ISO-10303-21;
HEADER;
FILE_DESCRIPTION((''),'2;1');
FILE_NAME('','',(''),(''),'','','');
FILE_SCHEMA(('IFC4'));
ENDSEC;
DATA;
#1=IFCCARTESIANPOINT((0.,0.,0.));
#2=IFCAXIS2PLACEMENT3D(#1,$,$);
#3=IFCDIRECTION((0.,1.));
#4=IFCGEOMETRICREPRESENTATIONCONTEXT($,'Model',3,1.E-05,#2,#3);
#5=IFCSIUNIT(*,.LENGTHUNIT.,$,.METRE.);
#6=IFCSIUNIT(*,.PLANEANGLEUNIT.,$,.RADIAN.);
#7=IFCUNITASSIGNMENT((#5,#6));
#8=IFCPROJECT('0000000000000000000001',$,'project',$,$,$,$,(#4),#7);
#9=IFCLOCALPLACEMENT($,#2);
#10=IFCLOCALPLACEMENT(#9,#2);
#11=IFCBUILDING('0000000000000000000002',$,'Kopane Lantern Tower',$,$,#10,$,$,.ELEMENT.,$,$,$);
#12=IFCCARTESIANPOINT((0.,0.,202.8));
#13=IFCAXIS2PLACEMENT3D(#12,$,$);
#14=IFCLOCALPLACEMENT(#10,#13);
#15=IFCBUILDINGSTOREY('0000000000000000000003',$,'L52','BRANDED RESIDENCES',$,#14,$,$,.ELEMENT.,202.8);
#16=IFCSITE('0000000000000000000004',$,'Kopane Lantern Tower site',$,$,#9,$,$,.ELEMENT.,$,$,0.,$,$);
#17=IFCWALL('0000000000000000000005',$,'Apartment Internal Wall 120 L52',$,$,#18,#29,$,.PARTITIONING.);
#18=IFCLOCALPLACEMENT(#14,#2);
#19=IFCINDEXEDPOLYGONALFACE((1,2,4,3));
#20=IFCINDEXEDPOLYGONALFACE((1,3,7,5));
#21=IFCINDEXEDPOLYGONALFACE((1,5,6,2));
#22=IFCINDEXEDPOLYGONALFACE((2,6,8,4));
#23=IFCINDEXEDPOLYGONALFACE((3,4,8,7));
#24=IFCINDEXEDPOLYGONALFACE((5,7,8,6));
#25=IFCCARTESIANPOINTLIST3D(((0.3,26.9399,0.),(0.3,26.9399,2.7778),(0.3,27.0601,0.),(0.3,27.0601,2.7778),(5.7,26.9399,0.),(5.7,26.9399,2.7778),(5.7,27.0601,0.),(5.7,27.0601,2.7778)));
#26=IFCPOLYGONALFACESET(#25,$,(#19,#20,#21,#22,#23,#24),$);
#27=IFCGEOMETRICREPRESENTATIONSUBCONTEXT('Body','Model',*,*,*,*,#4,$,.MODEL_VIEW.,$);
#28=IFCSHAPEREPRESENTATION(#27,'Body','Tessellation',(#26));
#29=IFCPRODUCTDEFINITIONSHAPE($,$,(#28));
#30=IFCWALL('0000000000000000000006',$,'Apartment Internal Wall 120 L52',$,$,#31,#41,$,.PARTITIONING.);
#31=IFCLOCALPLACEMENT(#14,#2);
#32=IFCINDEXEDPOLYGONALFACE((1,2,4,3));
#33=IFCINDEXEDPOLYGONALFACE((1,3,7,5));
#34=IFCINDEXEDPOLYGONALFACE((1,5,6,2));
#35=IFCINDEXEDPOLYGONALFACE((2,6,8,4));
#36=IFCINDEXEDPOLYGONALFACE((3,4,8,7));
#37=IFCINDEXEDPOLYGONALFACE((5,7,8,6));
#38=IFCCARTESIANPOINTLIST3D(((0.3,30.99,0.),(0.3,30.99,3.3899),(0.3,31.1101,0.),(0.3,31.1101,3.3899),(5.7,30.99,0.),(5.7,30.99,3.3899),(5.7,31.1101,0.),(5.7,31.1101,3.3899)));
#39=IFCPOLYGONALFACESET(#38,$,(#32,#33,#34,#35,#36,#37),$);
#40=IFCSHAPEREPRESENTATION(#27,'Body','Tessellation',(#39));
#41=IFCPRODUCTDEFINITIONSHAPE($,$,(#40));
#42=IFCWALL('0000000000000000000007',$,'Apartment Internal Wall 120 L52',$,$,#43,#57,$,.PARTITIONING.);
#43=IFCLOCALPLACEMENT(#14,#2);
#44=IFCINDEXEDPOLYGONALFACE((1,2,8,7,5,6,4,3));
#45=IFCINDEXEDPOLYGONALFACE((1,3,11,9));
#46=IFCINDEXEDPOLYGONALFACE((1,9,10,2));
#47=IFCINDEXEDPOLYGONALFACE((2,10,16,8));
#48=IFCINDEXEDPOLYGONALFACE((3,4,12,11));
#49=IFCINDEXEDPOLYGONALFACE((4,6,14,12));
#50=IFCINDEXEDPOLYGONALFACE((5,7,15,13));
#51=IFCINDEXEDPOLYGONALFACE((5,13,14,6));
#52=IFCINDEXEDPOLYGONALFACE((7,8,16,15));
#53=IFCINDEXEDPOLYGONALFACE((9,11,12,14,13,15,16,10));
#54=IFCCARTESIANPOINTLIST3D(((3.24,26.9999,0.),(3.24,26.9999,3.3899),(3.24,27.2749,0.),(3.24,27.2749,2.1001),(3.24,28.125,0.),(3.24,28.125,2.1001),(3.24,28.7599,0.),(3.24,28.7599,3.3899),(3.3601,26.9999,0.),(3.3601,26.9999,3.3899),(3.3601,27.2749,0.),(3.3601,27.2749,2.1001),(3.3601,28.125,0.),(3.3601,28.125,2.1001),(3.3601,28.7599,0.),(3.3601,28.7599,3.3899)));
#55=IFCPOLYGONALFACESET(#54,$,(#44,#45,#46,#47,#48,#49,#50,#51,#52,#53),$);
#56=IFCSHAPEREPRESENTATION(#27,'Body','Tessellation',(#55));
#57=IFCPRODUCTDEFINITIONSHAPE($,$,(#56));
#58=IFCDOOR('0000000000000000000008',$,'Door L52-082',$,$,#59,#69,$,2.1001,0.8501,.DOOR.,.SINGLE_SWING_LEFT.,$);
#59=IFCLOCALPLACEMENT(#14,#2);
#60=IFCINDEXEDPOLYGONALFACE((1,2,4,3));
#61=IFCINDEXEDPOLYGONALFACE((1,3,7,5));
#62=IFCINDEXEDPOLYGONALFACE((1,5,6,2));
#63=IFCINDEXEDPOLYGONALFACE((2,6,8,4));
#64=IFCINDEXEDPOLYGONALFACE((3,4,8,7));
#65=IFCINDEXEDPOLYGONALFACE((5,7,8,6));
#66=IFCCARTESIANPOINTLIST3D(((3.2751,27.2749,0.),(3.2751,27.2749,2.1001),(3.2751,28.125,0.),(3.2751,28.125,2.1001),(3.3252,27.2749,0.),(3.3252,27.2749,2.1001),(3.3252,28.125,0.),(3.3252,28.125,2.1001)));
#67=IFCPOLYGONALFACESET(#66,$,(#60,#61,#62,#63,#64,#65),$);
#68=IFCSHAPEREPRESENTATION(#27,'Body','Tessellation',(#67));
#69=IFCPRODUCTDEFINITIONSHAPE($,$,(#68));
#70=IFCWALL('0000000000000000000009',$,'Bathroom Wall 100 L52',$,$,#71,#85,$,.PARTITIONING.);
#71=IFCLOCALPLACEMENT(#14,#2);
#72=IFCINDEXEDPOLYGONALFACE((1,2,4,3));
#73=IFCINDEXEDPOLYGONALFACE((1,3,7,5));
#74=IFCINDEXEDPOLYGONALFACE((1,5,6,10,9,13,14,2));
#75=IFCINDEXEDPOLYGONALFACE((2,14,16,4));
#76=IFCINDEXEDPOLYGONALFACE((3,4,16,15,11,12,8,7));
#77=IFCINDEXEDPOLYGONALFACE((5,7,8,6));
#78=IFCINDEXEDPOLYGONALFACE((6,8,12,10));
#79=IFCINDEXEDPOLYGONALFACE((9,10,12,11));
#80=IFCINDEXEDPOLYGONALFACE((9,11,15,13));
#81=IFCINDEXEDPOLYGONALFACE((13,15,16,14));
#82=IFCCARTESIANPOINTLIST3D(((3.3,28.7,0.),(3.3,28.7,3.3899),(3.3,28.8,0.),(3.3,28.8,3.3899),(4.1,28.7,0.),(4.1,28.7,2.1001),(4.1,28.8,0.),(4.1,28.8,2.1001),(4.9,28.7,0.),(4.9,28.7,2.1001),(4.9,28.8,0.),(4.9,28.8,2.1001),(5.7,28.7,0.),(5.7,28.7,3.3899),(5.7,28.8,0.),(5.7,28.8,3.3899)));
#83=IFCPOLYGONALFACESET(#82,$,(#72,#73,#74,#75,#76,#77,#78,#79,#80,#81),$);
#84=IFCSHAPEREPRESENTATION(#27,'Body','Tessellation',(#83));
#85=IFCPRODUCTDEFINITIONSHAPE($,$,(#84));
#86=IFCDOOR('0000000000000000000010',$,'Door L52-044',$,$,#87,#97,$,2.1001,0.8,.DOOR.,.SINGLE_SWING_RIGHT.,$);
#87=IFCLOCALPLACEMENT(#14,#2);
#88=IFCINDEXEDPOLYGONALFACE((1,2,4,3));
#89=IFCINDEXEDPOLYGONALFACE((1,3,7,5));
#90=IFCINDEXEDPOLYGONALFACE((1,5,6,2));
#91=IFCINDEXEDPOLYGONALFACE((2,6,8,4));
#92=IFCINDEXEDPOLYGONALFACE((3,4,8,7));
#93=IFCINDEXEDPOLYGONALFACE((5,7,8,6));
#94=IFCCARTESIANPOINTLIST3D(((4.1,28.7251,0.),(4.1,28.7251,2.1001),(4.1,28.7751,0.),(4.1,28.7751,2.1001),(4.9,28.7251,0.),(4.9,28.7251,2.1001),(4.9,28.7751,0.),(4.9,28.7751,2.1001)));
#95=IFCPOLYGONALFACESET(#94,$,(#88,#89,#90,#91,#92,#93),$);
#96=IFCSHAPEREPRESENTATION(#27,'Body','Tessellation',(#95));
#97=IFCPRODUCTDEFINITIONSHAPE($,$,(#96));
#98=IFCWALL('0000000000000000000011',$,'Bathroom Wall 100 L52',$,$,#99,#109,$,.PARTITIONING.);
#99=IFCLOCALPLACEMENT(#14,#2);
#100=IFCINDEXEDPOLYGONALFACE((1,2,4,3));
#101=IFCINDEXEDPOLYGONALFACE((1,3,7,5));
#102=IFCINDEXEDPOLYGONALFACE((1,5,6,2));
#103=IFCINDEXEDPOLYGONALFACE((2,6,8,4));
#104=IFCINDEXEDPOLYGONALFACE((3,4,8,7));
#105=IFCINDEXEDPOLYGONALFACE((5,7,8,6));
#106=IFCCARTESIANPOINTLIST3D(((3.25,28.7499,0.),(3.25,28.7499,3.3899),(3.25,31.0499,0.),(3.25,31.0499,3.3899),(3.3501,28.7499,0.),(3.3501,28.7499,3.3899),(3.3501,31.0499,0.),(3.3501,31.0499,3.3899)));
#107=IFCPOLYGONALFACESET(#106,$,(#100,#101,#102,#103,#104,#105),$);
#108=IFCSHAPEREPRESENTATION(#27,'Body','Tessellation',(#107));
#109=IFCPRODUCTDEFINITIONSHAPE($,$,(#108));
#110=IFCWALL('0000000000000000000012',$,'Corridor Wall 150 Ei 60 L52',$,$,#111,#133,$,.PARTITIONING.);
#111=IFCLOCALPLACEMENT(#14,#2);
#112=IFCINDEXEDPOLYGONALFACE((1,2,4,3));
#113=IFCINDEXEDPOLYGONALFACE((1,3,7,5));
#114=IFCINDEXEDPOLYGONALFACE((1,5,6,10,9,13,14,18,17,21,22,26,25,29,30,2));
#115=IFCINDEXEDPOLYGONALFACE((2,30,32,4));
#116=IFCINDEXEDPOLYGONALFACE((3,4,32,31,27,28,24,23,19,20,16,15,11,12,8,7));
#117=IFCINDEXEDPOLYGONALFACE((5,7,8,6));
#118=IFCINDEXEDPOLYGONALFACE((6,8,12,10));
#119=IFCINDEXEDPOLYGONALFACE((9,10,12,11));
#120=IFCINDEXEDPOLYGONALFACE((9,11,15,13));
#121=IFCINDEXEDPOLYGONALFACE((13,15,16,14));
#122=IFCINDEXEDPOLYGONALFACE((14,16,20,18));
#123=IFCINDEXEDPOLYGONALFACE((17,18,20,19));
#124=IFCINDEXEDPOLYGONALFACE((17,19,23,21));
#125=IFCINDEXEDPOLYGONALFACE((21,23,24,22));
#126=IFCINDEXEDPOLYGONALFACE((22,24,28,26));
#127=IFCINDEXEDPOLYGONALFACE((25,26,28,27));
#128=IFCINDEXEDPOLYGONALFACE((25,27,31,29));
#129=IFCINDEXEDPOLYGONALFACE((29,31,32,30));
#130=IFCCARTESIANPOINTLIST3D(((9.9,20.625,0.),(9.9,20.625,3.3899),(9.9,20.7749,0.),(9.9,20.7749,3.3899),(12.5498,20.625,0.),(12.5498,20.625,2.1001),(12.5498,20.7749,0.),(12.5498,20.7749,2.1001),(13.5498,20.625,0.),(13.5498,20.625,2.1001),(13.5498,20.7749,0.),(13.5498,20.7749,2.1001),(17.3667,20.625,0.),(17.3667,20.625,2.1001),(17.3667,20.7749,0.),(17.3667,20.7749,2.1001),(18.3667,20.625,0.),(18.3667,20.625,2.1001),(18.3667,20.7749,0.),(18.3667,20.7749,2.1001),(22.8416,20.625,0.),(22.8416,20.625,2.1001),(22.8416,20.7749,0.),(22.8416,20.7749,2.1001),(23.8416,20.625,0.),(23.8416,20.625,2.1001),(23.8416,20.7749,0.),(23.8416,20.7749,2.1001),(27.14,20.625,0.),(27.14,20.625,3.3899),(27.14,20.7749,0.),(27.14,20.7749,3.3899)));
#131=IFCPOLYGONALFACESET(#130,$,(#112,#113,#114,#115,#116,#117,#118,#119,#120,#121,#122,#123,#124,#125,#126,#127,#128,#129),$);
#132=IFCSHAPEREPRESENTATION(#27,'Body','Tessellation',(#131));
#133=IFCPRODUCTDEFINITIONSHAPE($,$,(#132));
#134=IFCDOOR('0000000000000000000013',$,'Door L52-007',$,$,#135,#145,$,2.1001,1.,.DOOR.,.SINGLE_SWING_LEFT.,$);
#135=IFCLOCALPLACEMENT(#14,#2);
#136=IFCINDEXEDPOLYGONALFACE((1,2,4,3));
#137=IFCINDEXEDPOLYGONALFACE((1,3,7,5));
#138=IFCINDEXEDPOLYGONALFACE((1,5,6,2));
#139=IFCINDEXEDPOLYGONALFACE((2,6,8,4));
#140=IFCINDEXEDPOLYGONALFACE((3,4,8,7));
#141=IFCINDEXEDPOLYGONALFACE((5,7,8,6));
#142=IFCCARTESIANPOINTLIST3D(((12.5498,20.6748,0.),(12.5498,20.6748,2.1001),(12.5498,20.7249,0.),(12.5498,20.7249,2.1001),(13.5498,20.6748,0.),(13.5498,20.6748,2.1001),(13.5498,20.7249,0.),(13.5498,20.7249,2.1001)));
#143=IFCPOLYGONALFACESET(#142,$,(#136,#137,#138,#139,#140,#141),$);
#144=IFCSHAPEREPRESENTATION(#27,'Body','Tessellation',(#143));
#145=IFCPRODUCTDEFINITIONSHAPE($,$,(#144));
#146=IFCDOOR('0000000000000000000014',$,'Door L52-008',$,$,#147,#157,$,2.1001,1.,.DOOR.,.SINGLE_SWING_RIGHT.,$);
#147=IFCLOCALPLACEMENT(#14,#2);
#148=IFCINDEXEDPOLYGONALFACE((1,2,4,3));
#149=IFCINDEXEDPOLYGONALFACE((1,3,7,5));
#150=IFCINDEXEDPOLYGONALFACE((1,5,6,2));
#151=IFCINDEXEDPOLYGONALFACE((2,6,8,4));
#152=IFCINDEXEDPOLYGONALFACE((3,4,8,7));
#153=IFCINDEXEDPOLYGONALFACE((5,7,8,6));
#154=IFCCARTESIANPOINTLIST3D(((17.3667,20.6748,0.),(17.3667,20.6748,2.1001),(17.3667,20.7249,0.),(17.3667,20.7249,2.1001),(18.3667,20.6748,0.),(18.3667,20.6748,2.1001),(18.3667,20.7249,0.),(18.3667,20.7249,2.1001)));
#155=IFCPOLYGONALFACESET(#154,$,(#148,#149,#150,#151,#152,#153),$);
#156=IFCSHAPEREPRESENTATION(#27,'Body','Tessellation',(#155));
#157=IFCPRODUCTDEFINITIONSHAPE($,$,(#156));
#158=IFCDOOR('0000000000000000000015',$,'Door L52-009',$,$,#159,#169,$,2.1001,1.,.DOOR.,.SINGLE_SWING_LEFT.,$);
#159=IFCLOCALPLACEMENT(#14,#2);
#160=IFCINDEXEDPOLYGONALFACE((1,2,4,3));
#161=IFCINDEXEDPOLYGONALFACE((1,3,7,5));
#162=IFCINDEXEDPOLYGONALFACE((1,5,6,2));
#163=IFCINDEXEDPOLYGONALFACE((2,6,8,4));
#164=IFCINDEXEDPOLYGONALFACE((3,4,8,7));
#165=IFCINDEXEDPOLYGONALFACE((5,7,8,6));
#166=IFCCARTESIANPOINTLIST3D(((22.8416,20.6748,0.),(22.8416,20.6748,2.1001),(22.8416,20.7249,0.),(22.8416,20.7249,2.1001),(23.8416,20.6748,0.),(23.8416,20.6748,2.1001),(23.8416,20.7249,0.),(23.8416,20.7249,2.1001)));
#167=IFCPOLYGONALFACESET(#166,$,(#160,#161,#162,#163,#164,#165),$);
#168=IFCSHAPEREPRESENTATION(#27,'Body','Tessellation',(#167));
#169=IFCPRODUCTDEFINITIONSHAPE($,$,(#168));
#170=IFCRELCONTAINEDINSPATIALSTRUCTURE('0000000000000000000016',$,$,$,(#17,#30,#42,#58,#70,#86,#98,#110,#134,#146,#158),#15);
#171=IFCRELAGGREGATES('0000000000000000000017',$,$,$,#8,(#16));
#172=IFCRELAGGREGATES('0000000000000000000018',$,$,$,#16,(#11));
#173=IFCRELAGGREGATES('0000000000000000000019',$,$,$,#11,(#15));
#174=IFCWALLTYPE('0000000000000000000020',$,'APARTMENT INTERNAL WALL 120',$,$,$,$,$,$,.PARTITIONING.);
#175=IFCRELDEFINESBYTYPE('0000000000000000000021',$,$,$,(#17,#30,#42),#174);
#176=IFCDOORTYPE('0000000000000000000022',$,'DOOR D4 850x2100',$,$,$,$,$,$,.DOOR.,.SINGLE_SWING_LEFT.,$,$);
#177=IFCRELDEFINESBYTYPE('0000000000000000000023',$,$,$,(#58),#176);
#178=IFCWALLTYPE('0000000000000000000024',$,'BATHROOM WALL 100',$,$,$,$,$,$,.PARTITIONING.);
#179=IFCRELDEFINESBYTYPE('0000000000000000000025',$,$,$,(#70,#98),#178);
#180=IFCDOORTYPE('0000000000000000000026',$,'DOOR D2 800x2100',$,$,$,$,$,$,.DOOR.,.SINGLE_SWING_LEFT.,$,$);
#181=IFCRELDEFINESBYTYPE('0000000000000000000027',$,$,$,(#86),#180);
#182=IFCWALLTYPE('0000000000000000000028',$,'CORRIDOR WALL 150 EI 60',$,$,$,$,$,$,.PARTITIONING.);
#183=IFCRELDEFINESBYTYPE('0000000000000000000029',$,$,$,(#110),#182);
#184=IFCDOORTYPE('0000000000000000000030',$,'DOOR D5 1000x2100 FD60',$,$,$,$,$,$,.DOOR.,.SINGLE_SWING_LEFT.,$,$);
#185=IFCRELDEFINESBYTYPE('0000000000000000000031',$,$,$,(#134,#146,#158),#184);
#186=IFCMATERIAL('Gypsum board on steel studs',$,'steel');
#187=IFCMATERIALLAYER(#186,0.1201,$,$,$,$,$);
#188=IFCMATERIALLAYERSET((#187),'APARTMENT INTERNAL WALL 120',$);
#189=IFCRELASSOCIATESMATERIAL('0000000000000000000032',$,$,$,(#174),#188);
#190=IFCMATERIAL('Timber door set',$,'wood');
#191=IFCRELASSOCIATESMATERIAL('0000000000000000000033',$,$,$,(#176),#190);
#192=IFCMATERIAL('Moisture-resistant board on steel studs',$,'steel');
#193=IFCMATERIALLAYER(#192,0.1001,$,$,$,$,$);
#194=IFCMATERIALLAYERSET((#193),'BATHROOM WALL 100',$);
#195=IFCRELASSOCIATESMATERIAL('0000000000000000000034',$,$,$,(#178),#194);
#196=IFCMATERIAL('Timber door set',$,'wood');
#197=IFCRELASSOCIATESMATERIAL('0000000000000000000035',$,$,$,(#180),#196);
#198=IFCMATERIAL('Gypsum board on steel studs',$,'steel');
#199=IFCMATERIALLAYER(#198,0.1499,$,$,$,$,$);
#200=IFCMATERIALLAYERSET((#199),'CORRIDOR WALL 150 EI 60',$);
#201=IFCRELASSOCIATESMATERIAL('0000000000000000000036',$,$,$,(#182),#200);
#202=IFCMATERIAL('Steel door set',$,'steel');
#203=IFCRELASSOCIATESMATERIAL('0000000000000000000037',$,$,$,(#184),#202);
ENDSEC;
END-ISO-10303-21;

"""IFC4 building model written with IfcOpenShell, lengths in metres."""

from ifc_helpers import new_model, si_unit, direction, frame, frame_2d, origin, place, context, subcontext, project, spatial, rectangle, extrude, material, layer, layer_set, type_object, element, fill, save


model = new_model("IFC4")

# Units and contexts
model_context = context("Model", 3, precision=1e-05, world=origin(), true_north=direction((0.0, 1.0)))
body_context = subcontext(model_context, "Body", "Model", "MODEL_VIEW")
ifc_project = project(units=[si_unit("LENGTHUNIT", "METRE"), si_unit("PLANEANGLEUNIT", "RADIAN")], contexts=[model_context])

# Site, building, storey
site_placement = place(None, origin())
site = spatial("IfcSite", under=ifc_project, at=site_placement, Name="Kopane Lantern Tower site", CompositionType="ELEMENT", RefElevation=0.0)
building_placement = place(site_placement, origin())
building = spatial("IfcBuilding", under=site, at=building_placement, Name="Kopane Lantern Tower", CompositionType="ELEMENT")
storey_placement = place(building_placement, frame((0.0, 0.0, 202.8)))
storey = spatial("IfcBuildingStorey", under=building, at=storey_placement, Name="L52", Description="BRANDED RESIDENCES", CompositionType="ELEMENT", Elevation=202.8)

# Walls
ifc_material_1 = material(Name="Gypsum board on steel studs", Category="steel")
ifc_layer_1 = layer(ifc_material_1, 0.1201)
ifc_layer_set_1 = layer_set([ifc_layer_1], Name="APARTMENT INTERNAL WALL 120")
wall_type_1 = type_object("IfcWallType", Name="APARTMENT INTERNAL WALL 120", PredefinedType="PARTITIONING", material=ifc_layer_set_1)
wall_1_placement = place(storey_placement, frame((5.7, 27.0, 0.0), z_axis=(0.0, 0.0, 1.0), x_axis=(-1.0, 0.0, 0.0)))
element("IfcWall", 1, at=wall_1_placement, inside=storey, type_object=wall_type_1, Name="Apartment Internal Wall 120 L52", PredefinedType="PARTITIONING", context=body_context, shape_type="SweptSolid", body=[
    extrude(rectangle(XDim=5.3999, YDim=0.1201, at=frame_2d((2.7, 0.0))), origin(), (0.0, 0.0, 1.0), 2.7778),
])
wall_2_placement = place(storey_placement, frame((5.7, 31.05, 0.0), z_axis=(0.0, 0.0, 1.0), x_axis=(-1.0, 0.0, 0.0)))
element("IfcWall", 2, at=wall_2_placement, inside=storey, type_object=wall_type_1, Name="Apartment Internal Wall 120 L52", PredefinedType="PARTITIONING", context=body_context, shape_type="SweptSolid", body=[
    extrude(rectangle(XDim=5.3999, YDim=0.1201, at=frame_2d((2.7, 0.0))), origin(), (0.0, 0.0, 1.0), 3.3899),
])

# Walls, openings, doors
wall_3_placement = place(storey_placement, frame((3.3, 27.0, 0.0), z_axis=(0.0, 0.0, 1.0), x_axis=(0.0, 1.0, 0.0)))
wall_3 = element("IfcWall", 3, at=wall_3_placement, inside=storey, type_object=wall_type_1, Name="Apartment Internal Wall 120 L52", PredefinedType="PARTITIONING", context=body_context, shape_type="SweptSolid", body=[
    extrude(rectangle(XDim=1.76, YDim=0.1201, at=frame_2d((0.8799, 0.0))), origin(), (0.0, 0.0, 1.0), 3.3899),
])
opening_1_placement = place(wall_3_placement, frame((0.2749, 0.0, 0.0)))
opening_1 = element("IfcOpeningElement", 4, at=opening_1_placement, cuts=wall_3, PredefinedType="OPENING", context=body_context, shape_type="SweptSolid", body=[
    extrude(rectangle(XDim=0.8501, YDim=2.1001, at=frame_2d((0.425, 1.05))), frame((0.0, 0.0701, 0.0), z_axis=(0.0, -1.0, 0.0), x_axis=(1.0, 0.0, 0.0)), (0.0, 0.0, 1.0), 0.1401),
])
ifc_material_2 = material(Name="Timber door set", Category="wood")
door_type_1 = type_object("IfcDoorType", Name="DOOR D4 850x2100", OperationType="SINGLE_SWING_LEFT", PredefinedType="DOOR", material=ifc_material_2)
door_1_placement = place(opening_1_placement, origin())
door_1 = element("IfcDoor", 5, at=door_1_placement, inside=storey, type_object=door_type_1, Name="Door L52-082", OperationType="SINGLE_SWING_LEFT", OverallHeight=2.1001, OverallWidth=0.8501, PredefinedType="DOOR", context=body_context, shape_type="SweptSolid", body=[
    extrude(rectangle(XDim=0.8501, YDim=2.1001, at=frame_2d((0.425, 1.05))), frame((0.0, 0.0249, 0.0), z_axis=(0.0, -1.0, 0.0), x_axis=(1.0, 0.0, 0.0)), (0.0, 0.0, 1.0), 0.05),
])
fill(opening_1, door_1)
ifc_material_3 = material(Name="Moisture-resistant board on steel studs", Category="steel")
ifc_layer_2 = layer(ifc_material_3, 0.1001)
ifc_layer_set_2 = layer_set([ifc_layer_2], Name="BATHROOM WALL 100")
wall_type_2 = type_object("IfcWallType", Name="BATHROOM WALL 100", PredefinedType="PARTITIONING", material=ifc_layer_set_2)
wall_4_placement = place(storey_placement, frame((5.7, 28.75, 0.0), z_axis=(0.0, 0.0, 1.0), x_axis=(-1.0, 0.0, 0.0)))
wall_4 = element("IfcWall", 6, at=wall_4_placement, inside=storey, type_object=wall_type_2, Name="Bathroom Wall 100 L52", PredefinedType="PARTITIONING", context=body_context, shape_type="SweptSolid", body=[
    extrude(rectangle(XDim=2.3999, YDim=0.1001, at=frame_2d((1.2, 0.0))), origin(), (0.0, 0.0, 1.0), 3.3899),
])
opening_2_placement = place(wall_4_placement, frame((0.8, 0.0, 0.0)))
opening_2 = element("IfcOpeningElement", 7, at=opening_2_placement, cuts=wall_4, PredefinedType="OPENING", context=body_context, shape_type="SweptSolid", body=[
    extrude(rectangle(XDim=0.8, YDim=2.1001, at=frame_2d((0.3999, 1.05))), frame((0.0, 0.0601, 0.0), z_axis=(0.0, -1.0, 0.0), x_axis=(1.0, 0.0, 0.0)), (0.0, 0.0, 1.0), 0.1201),
])
ifc_material_4 = material(Name="Timber door set", Category="wood")
door_type_2 = type_object("IfcDoorType", Name="DOOR D2 800x2100", OperationType="SINGLE_SWING_LEFT", PredefinedType="DOOR", material=ifc_material_4)
door_2_placement = place(opening_2_placement, origin())
door_2 = element("IfcDoor", 8, at=door_2_placement, inside=storey, type_object=door_type_2, Name="Door L52-044", OperationType="SINGLE_SWING_RIGHT", OverallHeight=2.1001, OverallWidth=0.8, PredefinedType="DOOR", context=body_context, shape_type="SweptSolid", body=[
    extrude(rectangle(XDim=0.8, YDim=2.1001, at=frame_2d((0.3999, 1.05))), frame((0.0, 0.0249, 0.0), z_axis=(0.0, -1.0, 0.0), x_axis=(1.0, 0.0, 0.0)), (0.0, 0.0, 1.0), 0.05),
])
fill(opening_2, door_2)

# Wall
wall_5_placement = place(storey_placement, frame((3.3, 28.75, 0.0), z_axis=(0.0, 0.0, 1.0), x_axis=(0.0, 1.0, 0.0)))
element("IfcWall", 9, at=wall_5_placement, inside=storey, type_object=wall_type_2, Name="Bathroom Wall 100 L52", PredefinedType="PARTITIONING", context=body_context, shape_type="SweptSolid", body=[
    extrude(rectangle(XDim=2.3, YDim=0.1001, at=frame_2d((1.1499, 0.0))), origin(), (0.0, 0.0, 1.0), 3.3899),
])

# Wall, openings, doors
ifc_material_5 = material(Name="Gypsum board on steel studs", Category="steel")
ifc_layer_3 = layer(ifc_material_5, 0.1499)
ifc_layer_set_3 = layer_set([ifc_layer_3], Name="CORRIDOR WALL 150 EI 60")
wall_type_3 = type_object("IfcWallType", Name="CORRIDOR WALL 150 EI 60", PredefinedType="PARTITIONING", material=ifc_layer_set_3)
wall_6_placement = place(storey_placement, frame((9.8999, 20.7, 0.0), z_axis=(0.0, 0.0, 1.0), x_axis=(1.0, 0.0, 0.0)))
wall_6 = element("IfcWall", 10, at=wall_6_placement, inside=storey, type_object=wall_type_3, Name="Corridor Wall 150 Ei 60 L52", PredefinedType="PARTITIONING", context=body_context, shape_type="SweptSolid", body=[
    extrude(rectangle(XDim=17.24, YDim=0.1499, at=frame_2d((8.6201, 0.0))), origin(), (0.0, 0.0, 1.0), 3.3899),
])
opening_3_placement = place(wall_6_placement, frame((2.6499, 0.0, 0.0)))
opening_3 = element("IfcOpeningElement", 11, at=opening_3_placement, cuts=wall_6, PredefinedType="OPENING", context=body_context, shape_type="SweptSolid", body=[
    extrude(rectangle(XDim=1.0, YDim=2.1001, at=frame_2d((0.5, 1.05))), frame((0.0, 0.085, 0.0), z_axis=(0.0, -1.0, 0.0), x_axis=(1.0, 0.0, 0.0)), (0.0, 0.0, 1.0), 0.1699),
])
opening_4_placement = place(wall_6_placement, frame((7.4668, 0.0, 0.0)))
opening_4 = element("IfcOpeningElement", 12, at=opening_4_placement, cuts=wall_6, PredefinedType="OPENING", context=body_context, shape_type="SweptSolid", body=[
    extrude(rectangle(XDim=1.0, YDim=2.1001, at=frame_2d((0.5, 1.05))), frame((0.0, 0.085, 0.0), z_axis=(0.0, -1.0, 0.0), x_axis=(1.0, 0.0, 0.0)), (0.0, 0.0, 1.0), 0.1699),
])
opening_5_placement = place(wall_6_placement, frame((12.9417, 0.0, 0.0)))
opening_5 = element("IfcOpeningElement", 13, at=opening_5_placement, cuts=wall_6, PredefinedType="OPENING", context=body_context, shape_type="SweptSolid", body=[
    extrude(rectangle(XDim=1.0, YDim=2.1001, at=frame_2d((0.5, 1.05))), frame((0.0, 0.085, 0.0), z_axis=(0.0, -1.0, 0.0), x_axis=(1.0, 0.0, 0.0)), (0.0, 0.0, 1.0), 0.1699),
])
ifc_material_6 = material(Name="Steel door set", Category="steel")
door_type_3 = type_object("IfcDoorType", Name="DOOR D5 1000x2100 FD60", OperationType="SINGLE_SWING_LEFT", PredefinedType="DOOR", material=ifc_material_6)
door_3_placement = place(opening_3_placement, origin())
door_3 = element("IfcDoor", 14, at=door_3_placement, inside=storey, type_object=door_type_3, Name="Door L52-007", OperationType="SINGLE_SWING_LEFT", OverallHeight=2.1001, OverallWidth=1.0, PredefinedType="DOOR", context=body_context, shape_type="SweptSolid", body=[
    extrude(rectangle(XDim=1.0, YDim=2.1001, at=frame_2d((0.5, 1.05))), frame((0.0, 0.0249, 0.0), z_axis=(0.0, -1.0, 0.0), x_axis=(1.0, 0.0, 0.0)), (0.0, 0.0, 1.0), 0.05),
])
fill(opening_3, door_3)
door_4_placement = place(opening_4_placement, origin())
door_4 = element("IfcDoor", 15, at=door_4_placement, inside=storey, type_object=door_type_3, Name="Door L52-008", OperationType="SINGLE_SWING_RIGHT", OverallHeight=2.1001, OverallWidth=1.0, PredefinedType="DOOR", context=body_context, shape_type="SweptSolid", body=[
    extrude(rectangle(XDim=1.0, YDim=2.1001, at=frame_2d((0.5, 1.05))), frame((0.0, 0.0249, 0.0), z_axis=(0.0, -1.0, 0.0), x_axis=(1.0, 0.0, 0.0)), (0.0, 0.0, 1.0), 0.05),
])
fill(opening_4, door_4)
door_5_placement = place(opening_5_placement, origin())
door_5 = element("IfcDoor", 16, at=door_5_placement, inside=storey, type_object=door_type_3, Name="Door L52-009", OperationType="SINGLE_SWING_LEFT", OverallHeight=2.1001, OverallWidth=1.0, PredefinedType="DOOR", context=body_context, shape_type="SweptSolid", body=[
    extrude(rectangle(XDim=1.0, YDim=2.1001, at=frame_2d((0.5, 1.05))), frame((0.0, 0.0249, 0.0), z_axis=(0.0, -1.0, 0.0), x_axis=(1.0, 0.0, 0.0)), (0.0, 0.0, 1.0), 0.05),
])
fill(opening_5, door_5)

save(model, "model.ifc")
